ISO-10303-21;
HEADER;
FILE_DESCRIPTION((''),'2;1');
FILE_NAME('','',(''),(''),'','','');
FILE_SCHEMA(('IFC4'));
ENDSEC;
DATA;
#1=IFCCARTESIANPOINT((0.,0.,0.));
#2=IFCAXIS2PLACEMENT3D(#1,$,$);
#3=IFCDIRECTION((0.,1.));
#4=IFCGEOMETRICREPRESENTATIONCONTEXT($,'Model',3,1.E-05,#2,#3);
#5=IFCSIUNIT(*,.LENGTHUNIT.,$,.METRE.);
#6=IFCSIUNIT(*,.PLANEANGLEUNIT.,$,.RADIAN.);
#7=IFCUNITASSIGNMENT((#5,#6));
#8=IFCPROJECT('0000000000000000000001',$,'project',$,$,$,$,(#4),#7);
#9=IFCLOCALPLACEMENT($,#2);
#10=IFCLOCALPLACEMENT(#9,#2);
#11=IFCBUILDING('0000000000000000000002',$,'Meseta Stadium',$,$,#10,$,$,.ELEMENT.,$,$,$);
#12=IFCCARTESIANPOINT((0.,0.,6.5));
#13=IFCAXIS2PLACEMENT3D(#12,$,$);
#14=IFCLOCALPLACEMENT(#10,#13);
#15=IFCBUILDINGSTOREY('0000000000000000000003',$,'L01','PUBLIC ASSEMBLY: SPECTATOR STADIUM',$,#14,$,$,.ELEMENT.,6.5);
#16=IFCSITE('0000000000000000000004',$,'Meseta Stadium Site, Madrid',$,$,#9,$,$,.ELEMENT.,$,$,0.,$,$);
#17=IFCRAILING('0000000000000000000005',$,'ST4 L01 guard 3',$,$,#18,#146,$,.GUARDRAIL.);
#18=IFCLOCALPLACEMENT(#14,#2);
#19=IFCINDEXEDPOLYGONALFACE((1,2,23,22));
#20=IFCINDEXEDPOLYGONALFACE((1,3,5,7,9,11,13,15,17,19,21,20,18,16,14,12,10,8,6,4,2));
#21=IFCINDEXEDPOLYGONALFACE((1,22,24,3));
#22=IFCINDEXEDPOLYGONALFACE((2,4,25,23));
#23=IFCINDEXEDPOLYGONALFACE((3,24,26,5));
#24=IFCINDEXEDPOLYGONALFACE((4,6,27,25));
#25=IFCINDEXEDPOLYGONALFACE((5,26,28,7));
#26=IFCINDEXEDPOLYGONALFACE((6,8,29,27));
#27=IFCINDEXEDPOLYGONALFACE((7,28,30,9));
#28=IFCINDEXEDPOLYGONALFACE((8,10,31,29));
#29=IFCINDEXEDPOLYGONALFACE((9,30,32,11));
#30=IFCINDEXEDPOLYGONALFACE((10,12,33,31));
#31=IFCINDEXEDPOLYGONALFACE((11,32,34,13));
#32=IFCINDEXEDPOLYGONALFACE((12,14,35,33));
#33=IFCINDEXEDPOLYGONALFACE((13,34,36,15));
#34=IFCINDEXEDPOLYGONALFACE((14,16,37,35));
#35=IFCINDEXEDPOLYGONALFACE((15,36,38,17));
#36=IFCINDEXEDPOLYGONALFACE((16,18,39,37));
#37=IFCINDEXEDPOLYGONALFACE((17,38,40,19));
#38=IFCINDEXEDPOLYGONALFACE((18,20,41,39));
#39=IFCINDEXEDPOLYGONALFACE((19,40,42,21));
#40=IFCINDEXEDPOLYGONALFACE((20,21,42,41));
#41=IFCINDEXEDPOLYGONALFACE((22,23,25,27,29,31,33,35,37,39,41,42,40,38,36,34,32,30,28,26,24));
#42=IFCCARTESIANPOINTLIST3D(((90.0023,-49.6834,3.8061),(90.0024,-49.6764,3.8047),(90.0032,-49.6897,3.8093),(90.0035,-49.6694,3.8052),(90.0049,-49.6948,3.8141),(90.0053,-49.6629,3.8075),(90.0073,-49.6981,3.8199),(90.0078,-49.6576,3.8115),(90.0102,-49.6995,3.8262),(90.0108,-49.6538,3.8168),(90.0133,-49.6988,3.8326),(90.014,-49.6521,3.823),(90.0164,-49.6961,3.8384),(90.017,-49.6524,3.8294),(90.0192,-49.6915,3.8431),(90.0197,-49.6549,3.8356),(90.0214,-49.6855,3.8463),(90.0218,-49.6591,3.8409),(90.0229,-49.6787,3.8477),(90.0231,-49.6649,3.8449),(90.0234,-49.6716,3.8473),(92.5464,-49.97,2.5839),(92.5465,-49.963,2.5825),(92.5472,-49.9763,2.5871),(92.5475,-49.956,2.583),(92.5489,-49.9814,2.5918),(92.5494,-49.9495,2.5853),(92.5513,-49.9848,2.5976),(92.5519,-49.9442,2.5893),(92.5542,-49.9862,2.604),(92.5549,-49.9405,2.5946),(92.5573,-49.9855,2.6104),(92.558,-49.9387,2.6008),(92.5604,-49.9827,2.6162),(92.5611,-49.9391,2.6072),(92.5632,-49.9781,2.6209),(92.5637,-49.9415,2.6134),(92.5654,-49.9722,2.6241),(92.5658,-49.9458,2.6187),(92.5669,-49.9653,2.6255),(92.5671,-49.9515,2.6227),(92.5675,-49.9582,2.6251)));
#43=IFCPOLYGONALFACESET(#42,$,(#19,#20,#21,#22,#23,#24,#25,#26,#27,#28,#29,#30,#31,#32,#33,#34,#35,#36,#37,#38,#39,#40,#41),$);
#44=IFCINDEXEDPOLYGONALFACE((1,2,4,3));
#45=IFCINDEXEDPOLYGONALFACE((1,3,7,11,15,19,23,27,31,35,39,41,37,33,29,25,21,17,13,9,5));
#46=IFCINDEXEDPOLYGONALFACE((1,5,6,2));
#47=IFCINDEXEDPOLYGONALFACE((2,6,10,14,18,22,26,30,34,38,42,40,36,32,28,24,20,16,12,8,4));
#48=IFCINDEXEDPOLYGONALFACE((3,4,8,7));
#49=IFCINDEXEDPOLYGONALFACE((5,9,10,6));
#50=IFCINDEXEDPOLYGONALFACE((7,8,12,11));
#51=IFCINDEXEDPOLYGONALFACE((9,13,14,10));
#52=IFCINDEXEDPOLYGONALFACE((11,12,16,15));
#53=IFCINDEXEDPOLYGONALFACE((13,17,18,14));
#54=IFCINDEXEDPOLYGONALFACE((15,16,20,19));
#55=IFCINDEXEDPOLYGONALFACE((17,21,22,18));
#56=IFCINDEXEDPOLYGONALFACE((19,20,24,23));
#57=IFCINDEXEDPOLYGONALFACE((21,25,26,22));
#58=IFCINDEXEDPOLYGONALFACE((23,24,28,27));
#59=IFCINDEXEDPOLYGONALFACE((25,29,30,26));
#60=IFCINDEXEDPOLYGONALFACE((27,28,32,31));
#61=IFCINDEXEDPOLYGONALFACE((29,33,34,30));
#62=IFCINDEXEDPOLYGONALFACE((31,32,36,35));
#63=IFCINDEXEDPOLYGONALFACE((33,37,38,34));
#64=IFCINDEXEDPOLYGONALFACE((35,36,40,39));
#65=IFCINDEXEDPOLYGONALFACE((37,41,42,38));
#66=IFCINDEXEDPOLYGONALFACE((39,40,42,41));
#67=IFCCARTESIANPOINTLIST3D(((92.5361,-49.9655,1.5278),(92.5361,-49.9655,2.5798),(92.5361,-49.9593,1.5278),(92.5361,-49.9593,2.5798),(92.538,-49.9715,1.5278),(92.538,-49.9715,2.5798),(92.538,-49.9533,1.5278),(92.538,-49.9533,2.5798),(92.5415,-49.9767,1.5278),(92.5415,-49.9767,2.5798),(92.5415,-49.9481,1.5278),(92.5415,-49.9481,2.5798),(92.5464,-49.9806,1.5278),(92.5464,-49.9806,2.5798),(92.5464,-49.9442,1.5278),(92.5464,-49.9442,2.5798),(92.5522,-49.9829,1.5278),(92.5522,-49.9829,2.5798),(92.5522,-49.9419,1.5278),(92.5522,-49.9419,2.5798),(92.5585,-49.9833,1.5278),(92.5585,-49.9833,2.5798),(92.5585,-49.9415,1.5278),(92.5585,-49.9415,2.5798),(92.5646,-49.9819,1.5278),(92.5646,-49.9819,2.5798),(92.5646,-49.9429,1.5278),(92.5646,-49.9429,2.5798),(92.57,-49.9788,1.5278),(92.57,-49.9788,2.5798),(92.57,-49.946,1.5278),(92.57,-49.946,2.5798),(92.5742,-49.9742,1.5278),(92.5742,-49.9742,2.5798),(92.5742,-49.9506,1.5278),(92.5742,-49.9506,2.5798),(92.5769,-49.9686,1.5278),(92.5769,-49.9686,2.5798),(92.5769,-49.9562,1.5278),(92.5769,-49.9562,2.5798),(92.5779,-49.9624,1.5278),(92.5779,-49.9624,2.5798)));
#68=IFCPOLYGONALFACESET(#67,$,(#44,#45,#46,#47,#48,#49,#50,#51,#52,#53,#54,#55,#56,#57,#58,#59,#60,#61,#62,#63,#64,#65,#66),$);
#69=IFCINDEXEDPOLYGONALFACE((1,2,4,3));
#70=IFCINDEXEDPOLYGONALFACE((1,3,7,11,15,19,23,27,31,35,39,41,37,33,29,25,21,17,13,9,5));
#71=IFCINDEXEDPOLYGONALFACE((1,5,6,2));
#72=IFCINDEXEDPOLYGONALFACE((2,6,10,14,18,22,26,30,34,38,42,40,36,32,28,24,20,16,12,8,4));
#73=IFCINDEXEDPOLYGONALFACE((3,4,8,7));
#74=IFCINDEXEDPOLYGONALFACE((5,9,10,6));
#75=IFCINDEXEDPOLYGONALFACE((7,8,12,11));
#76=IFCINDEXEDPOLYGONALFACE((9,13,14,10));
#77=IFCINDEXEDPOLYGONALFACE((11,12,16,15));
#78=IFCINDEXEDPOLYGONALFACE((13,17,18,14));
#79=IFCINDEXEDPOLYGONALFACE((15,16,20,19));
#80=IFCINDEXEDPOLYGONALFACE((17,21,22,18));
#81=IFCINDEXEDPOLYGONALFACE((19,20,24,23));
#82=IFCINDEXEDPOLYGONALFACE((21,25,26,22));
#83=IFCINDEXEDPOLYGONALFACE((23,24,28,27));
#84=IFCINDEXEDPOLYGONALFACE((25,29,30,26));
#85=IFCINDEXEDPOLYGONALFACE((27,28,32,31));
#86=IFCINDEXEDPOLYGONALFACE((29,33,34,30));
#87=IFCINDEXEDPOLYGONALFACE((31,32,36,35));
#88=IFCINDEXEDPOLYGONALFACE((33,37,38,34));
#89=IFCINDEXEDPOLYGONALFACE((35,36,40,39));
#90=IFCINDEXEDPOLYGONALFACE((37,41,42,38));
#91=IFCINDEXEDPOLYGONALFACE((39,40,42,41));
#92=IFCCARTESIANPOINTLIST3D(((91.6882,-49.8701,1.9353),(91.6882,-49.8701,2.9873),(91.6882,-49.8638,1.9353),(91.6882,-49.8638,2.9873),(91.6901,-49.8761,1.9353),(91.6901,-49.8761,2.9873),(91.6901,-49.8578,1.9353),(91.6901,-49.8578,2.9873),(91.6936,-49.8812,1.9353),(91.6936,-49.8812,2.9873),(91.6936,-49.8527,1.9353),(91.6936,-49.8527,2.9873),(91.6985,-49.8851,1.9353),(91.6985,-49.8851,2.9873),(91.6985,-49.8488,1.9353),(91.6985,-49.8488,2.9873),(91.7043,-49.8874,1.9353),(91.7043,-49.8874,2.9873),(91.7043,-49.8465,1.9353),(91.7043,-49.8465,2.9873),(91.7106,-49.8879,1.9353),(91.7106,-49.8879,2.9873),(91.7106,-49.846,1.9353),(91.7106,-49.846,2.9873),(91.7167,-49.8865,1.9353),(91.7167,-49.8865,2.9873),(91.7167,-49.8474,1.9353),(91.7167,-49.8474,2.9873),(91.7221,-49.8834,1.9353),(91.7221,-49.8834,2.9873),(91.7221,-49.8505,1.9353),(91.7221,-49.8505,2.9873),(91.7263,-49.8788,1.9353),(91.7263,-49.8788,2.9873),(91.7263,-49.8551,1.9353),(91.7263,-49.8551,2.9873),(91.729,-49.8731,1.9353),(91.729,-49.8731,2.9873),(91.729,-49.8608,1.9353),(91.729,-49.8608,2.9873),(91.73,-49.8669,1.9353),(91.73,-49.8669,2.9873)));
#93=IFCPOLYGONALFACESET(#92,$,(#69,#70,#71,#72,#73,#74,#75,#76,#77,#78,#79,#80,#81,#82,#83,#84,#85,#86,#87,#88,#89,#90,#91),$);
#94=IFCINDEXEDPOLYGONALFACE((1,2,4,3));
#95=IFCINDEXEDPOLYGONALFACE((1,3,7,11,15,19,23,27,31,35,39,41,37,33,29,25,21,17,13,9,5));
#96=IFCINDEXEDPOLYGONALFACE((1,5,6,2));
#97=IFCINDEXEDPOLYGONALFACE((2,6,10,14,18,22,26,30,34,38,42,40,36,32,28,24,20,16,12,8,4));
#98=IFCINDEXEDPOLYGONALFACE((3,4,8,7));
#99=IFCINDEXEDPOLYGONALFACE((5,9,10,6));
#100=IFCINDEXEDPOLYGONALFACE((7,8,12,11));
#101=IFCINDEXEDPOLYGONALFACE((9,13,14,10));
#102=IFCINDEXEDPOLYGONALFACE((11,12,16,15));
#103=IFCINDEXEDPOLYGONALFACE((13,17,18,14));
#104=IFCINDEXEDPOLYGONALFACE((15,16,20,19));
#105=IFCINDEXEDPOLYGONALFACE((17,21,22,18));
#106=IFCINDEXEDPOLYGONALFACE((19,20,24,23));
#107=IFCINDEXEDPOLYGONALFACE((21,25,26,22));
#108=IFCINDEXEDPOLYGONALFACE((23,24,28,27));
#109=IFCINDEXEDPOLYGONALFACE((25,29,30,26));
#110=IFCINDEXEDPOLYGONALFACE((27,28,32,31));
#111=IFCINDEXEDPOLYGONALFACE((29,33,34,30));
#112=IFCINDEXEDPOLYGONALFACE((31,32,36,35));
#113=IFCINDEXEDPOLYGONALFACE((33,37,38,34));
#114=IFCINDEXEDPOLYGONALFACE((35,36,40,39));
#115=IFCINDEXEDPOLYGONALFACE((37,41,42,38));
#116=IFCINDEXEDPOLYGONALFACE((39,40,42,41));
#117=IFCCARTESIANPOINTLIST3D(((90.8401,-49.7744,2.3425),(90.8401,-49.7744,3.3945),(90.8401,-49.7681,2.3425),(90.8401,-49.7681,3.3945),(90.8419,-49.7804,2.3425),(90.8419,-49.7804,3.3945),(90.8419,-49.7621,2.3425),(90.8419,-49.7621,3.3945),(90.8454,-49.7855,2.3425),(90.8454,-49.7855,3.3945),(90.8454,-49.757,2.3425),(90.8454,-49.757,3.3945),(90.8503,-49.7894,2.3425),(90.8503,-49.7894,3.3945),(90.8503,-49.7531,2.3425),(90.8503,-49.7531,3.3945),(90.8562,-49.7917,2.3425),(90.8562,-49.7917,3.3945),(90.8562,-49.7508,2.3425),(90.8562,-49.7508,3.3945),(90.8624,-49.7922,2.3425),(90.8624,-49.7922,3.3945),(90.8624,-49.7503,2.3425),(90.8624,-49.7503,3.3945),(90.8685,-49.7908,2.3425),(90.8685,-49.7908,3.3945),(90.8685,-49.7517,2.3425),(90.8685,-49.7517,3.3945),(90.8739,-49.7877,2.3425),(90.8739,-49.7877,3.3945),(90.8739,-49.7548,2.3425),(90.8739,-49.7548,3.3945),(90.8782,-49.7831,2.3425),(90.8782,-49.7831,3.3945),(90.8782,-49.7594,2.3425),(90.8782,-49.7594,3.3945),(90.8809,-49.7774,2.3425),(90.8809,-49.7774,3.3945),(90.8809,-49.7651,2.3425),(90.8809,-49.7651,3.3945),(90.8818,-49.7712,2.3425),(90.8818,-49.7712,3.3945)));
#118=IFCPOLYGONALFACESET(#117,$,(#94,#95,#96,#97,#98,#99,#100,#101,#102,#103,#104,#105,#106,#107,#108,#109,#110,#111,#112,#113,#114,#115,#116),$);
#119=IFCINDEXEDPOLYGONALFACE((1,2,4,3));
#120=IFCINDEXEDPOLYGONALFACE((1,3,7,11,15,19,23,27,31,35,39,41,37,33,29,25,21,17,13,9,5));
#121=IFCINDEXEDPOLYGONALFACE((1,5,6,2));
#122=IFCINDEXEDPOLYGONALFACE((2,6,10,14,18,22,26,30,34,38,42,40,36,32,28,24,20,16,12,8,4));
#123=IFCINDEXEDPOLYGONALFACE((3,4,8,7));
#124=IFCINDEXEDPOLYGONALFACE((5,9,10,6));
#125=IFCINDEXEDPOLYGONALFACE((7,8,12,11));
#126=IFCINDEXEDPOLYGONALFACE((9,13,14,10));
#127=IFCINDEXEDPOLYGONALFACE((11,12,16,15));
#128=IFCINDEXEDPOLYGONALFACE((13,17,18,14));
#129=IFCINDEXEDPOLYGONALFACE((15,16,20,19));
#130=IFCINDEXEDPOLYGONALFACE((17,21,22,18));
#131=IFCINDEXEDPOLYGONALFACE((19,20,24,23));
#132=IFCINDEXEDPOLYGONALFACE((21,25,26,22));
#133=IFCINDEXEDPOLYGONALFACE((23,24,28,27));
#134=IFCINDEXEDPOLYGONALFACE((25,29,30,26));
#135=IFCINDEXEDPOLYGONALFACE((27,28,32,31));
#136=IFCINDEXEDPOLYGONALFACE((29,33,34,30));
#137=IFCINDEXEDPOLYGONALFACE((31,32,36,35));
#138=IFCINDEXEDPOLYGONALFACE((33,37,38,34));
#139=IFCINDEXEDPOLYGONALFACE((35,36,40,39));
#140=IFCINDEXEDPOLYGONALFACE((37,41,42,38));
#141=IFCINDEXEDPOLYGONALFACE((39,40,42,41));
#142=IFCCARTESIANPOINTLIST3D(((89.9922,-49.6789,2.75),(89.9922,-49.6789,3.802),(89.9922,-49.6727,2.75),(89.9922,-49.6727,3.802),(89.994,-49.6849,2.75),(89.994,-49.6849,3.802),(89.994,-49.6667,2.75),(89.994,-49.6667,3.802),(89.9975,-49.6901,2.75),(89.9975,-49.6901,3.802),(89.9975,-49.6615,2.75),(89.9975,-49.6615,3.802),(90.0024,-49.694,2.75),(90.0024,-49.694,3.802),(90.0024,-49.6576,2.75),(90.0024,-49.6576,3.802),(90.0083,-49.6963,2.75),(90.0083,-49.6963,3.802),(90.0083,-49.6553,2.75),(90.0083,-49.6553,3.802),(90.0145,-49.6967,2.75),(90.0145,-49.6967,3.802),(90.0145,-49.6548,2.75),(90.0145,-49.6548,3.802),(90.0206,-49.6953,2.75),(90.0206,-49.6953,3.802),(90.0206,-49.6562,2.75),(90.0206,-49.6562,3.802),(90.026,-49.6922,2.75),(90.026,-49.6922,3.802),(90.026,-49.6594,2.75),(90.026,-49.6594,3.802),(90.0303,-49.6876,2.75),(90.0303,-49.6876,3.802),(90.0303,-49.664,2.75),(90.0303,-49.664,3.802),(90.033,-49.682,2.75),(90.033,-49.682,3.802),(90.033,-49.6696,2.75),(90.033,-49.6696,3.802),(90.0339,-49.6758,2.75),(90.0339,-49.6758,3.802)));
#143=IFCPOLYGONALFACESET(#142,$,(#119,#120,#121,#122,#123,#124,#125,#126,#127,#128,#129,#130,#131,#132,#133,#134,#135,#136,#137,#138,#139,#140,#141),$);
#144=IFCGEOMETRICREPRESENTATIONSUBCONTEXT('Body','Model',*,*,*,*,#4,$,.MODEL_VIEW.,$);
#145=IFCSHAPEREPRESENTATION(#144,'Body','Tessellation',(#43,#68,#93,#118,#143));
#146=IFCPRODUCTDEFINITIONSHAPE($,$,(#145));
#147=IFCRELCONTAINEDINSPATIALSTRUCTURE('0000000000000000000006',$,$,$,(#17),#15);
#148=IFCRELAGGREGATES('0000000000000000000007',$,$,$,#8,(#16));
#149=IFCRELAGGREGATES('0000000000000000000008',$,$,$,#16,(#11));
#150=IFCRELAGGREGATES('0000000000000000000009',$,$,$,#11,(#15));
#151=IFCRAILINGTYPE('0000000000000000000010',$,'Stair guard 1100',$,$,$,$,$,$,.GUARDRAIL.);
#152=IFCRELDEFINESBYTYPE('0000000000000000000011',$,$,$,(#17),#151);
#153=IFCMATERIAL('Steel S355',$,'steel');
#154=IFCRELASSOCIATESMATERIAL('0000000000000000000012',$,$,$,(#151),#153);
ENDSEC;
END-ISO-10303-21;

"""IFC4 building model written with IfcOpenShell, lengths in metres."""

from ifc_helpers import new_model, si_unit, direction, frame, origin, origin_2d, place, context, subcontext, project, spatial, circle, extrude, material, type_object, element, save


model = new_model("IFC4")

# Units and contexts
model_context = context("Model", 3, precision=1e-05, world=origin(), true_north=direction((0.0, 1.0)))
body_context = subcontext(model_context, "Body", "Model", "MODEL_VIEW")
ifc_project = project(units=[si_unit("LENGTHUNIT", "METRE"), si_unit("PLANEANGLEUNIT", "RADIAN")], contexts=[model_context])

# Site, building, storey
site_placement = place(None, origin())
site = spatial("IfcSite", under=ifc_project, at=site_placement, Name="Meseta Stadium Site, Madrid", CompositionType="ELEMENT", RefElevation=0.0)
building_placement = place(site_placement, origin())
building = spatial("IfcBuilding", under=site, at=building_placement, Name="Meseta Stadium", CompositionType="ELEMENT")
storey_placement = place(building_placement, frame((0.0, 0.0, 6.5)))
storey = spatial("IfcBuildingStorey", under=building, at=storey_placement, Name="L01", Description="PUBLIC ASSEMBLY: SPECTATOR STADIUM", CompositionType="ELEMENT", Elevation=6.5)

# Railing
ifc_material_1 = material(Name="Steel S355", Category="steel")
railing_type_1 = type_object("IfcRailingType", Name="Stair guard 1100", PredefinedType="GUARDRAIL", material=ifc_material_1)
railing_1_placement = place(storey_placement, frame((92.5569, -49.9624, 1.5278)))
element("IfcRailing", 1, at=railing_1_placement, inside=storey, type_object=railing_type_1, Name="ST4 L01 guard 3", PredefinedType="GUARDRAIL", context=body_context, shape_type="SweptSolid", body=[
    extrude(circle(Radius=0.0239, at=origin_2d()), frame((0.0, 0.0, 1.0762), z_axis=(-0.896762, 0.101036, 0.430824), x_axis=(-0.11196, -0.993713, 0.0)), (0.0, 0.0, 1.0), 2.8369),
    extrude(circle(Radius=0.021, at=origin_2d()), origin(), (0.0, 0.0, 1.0), 1.052),
    extrude(circle(Radius=0.021, at=origin_2d()), frame((-0.8479, 0.0955, 0.4075)), (0.0, 0.0, 1.0), 1.052),
    extrude(circle(Radius=0.021, at=origin_2d()), frame((-1.696, 0.1912, 0.8147)), (0.0, 0.0, 1.0), 1.052),
    extrude(circle(Radius=0.021, at=origin_2d()), frame((-2.5439, 0.2866, 1.2222)), (0.0, 0.0, 1.0), 1.052),
])

save(model, "model.ifc")
